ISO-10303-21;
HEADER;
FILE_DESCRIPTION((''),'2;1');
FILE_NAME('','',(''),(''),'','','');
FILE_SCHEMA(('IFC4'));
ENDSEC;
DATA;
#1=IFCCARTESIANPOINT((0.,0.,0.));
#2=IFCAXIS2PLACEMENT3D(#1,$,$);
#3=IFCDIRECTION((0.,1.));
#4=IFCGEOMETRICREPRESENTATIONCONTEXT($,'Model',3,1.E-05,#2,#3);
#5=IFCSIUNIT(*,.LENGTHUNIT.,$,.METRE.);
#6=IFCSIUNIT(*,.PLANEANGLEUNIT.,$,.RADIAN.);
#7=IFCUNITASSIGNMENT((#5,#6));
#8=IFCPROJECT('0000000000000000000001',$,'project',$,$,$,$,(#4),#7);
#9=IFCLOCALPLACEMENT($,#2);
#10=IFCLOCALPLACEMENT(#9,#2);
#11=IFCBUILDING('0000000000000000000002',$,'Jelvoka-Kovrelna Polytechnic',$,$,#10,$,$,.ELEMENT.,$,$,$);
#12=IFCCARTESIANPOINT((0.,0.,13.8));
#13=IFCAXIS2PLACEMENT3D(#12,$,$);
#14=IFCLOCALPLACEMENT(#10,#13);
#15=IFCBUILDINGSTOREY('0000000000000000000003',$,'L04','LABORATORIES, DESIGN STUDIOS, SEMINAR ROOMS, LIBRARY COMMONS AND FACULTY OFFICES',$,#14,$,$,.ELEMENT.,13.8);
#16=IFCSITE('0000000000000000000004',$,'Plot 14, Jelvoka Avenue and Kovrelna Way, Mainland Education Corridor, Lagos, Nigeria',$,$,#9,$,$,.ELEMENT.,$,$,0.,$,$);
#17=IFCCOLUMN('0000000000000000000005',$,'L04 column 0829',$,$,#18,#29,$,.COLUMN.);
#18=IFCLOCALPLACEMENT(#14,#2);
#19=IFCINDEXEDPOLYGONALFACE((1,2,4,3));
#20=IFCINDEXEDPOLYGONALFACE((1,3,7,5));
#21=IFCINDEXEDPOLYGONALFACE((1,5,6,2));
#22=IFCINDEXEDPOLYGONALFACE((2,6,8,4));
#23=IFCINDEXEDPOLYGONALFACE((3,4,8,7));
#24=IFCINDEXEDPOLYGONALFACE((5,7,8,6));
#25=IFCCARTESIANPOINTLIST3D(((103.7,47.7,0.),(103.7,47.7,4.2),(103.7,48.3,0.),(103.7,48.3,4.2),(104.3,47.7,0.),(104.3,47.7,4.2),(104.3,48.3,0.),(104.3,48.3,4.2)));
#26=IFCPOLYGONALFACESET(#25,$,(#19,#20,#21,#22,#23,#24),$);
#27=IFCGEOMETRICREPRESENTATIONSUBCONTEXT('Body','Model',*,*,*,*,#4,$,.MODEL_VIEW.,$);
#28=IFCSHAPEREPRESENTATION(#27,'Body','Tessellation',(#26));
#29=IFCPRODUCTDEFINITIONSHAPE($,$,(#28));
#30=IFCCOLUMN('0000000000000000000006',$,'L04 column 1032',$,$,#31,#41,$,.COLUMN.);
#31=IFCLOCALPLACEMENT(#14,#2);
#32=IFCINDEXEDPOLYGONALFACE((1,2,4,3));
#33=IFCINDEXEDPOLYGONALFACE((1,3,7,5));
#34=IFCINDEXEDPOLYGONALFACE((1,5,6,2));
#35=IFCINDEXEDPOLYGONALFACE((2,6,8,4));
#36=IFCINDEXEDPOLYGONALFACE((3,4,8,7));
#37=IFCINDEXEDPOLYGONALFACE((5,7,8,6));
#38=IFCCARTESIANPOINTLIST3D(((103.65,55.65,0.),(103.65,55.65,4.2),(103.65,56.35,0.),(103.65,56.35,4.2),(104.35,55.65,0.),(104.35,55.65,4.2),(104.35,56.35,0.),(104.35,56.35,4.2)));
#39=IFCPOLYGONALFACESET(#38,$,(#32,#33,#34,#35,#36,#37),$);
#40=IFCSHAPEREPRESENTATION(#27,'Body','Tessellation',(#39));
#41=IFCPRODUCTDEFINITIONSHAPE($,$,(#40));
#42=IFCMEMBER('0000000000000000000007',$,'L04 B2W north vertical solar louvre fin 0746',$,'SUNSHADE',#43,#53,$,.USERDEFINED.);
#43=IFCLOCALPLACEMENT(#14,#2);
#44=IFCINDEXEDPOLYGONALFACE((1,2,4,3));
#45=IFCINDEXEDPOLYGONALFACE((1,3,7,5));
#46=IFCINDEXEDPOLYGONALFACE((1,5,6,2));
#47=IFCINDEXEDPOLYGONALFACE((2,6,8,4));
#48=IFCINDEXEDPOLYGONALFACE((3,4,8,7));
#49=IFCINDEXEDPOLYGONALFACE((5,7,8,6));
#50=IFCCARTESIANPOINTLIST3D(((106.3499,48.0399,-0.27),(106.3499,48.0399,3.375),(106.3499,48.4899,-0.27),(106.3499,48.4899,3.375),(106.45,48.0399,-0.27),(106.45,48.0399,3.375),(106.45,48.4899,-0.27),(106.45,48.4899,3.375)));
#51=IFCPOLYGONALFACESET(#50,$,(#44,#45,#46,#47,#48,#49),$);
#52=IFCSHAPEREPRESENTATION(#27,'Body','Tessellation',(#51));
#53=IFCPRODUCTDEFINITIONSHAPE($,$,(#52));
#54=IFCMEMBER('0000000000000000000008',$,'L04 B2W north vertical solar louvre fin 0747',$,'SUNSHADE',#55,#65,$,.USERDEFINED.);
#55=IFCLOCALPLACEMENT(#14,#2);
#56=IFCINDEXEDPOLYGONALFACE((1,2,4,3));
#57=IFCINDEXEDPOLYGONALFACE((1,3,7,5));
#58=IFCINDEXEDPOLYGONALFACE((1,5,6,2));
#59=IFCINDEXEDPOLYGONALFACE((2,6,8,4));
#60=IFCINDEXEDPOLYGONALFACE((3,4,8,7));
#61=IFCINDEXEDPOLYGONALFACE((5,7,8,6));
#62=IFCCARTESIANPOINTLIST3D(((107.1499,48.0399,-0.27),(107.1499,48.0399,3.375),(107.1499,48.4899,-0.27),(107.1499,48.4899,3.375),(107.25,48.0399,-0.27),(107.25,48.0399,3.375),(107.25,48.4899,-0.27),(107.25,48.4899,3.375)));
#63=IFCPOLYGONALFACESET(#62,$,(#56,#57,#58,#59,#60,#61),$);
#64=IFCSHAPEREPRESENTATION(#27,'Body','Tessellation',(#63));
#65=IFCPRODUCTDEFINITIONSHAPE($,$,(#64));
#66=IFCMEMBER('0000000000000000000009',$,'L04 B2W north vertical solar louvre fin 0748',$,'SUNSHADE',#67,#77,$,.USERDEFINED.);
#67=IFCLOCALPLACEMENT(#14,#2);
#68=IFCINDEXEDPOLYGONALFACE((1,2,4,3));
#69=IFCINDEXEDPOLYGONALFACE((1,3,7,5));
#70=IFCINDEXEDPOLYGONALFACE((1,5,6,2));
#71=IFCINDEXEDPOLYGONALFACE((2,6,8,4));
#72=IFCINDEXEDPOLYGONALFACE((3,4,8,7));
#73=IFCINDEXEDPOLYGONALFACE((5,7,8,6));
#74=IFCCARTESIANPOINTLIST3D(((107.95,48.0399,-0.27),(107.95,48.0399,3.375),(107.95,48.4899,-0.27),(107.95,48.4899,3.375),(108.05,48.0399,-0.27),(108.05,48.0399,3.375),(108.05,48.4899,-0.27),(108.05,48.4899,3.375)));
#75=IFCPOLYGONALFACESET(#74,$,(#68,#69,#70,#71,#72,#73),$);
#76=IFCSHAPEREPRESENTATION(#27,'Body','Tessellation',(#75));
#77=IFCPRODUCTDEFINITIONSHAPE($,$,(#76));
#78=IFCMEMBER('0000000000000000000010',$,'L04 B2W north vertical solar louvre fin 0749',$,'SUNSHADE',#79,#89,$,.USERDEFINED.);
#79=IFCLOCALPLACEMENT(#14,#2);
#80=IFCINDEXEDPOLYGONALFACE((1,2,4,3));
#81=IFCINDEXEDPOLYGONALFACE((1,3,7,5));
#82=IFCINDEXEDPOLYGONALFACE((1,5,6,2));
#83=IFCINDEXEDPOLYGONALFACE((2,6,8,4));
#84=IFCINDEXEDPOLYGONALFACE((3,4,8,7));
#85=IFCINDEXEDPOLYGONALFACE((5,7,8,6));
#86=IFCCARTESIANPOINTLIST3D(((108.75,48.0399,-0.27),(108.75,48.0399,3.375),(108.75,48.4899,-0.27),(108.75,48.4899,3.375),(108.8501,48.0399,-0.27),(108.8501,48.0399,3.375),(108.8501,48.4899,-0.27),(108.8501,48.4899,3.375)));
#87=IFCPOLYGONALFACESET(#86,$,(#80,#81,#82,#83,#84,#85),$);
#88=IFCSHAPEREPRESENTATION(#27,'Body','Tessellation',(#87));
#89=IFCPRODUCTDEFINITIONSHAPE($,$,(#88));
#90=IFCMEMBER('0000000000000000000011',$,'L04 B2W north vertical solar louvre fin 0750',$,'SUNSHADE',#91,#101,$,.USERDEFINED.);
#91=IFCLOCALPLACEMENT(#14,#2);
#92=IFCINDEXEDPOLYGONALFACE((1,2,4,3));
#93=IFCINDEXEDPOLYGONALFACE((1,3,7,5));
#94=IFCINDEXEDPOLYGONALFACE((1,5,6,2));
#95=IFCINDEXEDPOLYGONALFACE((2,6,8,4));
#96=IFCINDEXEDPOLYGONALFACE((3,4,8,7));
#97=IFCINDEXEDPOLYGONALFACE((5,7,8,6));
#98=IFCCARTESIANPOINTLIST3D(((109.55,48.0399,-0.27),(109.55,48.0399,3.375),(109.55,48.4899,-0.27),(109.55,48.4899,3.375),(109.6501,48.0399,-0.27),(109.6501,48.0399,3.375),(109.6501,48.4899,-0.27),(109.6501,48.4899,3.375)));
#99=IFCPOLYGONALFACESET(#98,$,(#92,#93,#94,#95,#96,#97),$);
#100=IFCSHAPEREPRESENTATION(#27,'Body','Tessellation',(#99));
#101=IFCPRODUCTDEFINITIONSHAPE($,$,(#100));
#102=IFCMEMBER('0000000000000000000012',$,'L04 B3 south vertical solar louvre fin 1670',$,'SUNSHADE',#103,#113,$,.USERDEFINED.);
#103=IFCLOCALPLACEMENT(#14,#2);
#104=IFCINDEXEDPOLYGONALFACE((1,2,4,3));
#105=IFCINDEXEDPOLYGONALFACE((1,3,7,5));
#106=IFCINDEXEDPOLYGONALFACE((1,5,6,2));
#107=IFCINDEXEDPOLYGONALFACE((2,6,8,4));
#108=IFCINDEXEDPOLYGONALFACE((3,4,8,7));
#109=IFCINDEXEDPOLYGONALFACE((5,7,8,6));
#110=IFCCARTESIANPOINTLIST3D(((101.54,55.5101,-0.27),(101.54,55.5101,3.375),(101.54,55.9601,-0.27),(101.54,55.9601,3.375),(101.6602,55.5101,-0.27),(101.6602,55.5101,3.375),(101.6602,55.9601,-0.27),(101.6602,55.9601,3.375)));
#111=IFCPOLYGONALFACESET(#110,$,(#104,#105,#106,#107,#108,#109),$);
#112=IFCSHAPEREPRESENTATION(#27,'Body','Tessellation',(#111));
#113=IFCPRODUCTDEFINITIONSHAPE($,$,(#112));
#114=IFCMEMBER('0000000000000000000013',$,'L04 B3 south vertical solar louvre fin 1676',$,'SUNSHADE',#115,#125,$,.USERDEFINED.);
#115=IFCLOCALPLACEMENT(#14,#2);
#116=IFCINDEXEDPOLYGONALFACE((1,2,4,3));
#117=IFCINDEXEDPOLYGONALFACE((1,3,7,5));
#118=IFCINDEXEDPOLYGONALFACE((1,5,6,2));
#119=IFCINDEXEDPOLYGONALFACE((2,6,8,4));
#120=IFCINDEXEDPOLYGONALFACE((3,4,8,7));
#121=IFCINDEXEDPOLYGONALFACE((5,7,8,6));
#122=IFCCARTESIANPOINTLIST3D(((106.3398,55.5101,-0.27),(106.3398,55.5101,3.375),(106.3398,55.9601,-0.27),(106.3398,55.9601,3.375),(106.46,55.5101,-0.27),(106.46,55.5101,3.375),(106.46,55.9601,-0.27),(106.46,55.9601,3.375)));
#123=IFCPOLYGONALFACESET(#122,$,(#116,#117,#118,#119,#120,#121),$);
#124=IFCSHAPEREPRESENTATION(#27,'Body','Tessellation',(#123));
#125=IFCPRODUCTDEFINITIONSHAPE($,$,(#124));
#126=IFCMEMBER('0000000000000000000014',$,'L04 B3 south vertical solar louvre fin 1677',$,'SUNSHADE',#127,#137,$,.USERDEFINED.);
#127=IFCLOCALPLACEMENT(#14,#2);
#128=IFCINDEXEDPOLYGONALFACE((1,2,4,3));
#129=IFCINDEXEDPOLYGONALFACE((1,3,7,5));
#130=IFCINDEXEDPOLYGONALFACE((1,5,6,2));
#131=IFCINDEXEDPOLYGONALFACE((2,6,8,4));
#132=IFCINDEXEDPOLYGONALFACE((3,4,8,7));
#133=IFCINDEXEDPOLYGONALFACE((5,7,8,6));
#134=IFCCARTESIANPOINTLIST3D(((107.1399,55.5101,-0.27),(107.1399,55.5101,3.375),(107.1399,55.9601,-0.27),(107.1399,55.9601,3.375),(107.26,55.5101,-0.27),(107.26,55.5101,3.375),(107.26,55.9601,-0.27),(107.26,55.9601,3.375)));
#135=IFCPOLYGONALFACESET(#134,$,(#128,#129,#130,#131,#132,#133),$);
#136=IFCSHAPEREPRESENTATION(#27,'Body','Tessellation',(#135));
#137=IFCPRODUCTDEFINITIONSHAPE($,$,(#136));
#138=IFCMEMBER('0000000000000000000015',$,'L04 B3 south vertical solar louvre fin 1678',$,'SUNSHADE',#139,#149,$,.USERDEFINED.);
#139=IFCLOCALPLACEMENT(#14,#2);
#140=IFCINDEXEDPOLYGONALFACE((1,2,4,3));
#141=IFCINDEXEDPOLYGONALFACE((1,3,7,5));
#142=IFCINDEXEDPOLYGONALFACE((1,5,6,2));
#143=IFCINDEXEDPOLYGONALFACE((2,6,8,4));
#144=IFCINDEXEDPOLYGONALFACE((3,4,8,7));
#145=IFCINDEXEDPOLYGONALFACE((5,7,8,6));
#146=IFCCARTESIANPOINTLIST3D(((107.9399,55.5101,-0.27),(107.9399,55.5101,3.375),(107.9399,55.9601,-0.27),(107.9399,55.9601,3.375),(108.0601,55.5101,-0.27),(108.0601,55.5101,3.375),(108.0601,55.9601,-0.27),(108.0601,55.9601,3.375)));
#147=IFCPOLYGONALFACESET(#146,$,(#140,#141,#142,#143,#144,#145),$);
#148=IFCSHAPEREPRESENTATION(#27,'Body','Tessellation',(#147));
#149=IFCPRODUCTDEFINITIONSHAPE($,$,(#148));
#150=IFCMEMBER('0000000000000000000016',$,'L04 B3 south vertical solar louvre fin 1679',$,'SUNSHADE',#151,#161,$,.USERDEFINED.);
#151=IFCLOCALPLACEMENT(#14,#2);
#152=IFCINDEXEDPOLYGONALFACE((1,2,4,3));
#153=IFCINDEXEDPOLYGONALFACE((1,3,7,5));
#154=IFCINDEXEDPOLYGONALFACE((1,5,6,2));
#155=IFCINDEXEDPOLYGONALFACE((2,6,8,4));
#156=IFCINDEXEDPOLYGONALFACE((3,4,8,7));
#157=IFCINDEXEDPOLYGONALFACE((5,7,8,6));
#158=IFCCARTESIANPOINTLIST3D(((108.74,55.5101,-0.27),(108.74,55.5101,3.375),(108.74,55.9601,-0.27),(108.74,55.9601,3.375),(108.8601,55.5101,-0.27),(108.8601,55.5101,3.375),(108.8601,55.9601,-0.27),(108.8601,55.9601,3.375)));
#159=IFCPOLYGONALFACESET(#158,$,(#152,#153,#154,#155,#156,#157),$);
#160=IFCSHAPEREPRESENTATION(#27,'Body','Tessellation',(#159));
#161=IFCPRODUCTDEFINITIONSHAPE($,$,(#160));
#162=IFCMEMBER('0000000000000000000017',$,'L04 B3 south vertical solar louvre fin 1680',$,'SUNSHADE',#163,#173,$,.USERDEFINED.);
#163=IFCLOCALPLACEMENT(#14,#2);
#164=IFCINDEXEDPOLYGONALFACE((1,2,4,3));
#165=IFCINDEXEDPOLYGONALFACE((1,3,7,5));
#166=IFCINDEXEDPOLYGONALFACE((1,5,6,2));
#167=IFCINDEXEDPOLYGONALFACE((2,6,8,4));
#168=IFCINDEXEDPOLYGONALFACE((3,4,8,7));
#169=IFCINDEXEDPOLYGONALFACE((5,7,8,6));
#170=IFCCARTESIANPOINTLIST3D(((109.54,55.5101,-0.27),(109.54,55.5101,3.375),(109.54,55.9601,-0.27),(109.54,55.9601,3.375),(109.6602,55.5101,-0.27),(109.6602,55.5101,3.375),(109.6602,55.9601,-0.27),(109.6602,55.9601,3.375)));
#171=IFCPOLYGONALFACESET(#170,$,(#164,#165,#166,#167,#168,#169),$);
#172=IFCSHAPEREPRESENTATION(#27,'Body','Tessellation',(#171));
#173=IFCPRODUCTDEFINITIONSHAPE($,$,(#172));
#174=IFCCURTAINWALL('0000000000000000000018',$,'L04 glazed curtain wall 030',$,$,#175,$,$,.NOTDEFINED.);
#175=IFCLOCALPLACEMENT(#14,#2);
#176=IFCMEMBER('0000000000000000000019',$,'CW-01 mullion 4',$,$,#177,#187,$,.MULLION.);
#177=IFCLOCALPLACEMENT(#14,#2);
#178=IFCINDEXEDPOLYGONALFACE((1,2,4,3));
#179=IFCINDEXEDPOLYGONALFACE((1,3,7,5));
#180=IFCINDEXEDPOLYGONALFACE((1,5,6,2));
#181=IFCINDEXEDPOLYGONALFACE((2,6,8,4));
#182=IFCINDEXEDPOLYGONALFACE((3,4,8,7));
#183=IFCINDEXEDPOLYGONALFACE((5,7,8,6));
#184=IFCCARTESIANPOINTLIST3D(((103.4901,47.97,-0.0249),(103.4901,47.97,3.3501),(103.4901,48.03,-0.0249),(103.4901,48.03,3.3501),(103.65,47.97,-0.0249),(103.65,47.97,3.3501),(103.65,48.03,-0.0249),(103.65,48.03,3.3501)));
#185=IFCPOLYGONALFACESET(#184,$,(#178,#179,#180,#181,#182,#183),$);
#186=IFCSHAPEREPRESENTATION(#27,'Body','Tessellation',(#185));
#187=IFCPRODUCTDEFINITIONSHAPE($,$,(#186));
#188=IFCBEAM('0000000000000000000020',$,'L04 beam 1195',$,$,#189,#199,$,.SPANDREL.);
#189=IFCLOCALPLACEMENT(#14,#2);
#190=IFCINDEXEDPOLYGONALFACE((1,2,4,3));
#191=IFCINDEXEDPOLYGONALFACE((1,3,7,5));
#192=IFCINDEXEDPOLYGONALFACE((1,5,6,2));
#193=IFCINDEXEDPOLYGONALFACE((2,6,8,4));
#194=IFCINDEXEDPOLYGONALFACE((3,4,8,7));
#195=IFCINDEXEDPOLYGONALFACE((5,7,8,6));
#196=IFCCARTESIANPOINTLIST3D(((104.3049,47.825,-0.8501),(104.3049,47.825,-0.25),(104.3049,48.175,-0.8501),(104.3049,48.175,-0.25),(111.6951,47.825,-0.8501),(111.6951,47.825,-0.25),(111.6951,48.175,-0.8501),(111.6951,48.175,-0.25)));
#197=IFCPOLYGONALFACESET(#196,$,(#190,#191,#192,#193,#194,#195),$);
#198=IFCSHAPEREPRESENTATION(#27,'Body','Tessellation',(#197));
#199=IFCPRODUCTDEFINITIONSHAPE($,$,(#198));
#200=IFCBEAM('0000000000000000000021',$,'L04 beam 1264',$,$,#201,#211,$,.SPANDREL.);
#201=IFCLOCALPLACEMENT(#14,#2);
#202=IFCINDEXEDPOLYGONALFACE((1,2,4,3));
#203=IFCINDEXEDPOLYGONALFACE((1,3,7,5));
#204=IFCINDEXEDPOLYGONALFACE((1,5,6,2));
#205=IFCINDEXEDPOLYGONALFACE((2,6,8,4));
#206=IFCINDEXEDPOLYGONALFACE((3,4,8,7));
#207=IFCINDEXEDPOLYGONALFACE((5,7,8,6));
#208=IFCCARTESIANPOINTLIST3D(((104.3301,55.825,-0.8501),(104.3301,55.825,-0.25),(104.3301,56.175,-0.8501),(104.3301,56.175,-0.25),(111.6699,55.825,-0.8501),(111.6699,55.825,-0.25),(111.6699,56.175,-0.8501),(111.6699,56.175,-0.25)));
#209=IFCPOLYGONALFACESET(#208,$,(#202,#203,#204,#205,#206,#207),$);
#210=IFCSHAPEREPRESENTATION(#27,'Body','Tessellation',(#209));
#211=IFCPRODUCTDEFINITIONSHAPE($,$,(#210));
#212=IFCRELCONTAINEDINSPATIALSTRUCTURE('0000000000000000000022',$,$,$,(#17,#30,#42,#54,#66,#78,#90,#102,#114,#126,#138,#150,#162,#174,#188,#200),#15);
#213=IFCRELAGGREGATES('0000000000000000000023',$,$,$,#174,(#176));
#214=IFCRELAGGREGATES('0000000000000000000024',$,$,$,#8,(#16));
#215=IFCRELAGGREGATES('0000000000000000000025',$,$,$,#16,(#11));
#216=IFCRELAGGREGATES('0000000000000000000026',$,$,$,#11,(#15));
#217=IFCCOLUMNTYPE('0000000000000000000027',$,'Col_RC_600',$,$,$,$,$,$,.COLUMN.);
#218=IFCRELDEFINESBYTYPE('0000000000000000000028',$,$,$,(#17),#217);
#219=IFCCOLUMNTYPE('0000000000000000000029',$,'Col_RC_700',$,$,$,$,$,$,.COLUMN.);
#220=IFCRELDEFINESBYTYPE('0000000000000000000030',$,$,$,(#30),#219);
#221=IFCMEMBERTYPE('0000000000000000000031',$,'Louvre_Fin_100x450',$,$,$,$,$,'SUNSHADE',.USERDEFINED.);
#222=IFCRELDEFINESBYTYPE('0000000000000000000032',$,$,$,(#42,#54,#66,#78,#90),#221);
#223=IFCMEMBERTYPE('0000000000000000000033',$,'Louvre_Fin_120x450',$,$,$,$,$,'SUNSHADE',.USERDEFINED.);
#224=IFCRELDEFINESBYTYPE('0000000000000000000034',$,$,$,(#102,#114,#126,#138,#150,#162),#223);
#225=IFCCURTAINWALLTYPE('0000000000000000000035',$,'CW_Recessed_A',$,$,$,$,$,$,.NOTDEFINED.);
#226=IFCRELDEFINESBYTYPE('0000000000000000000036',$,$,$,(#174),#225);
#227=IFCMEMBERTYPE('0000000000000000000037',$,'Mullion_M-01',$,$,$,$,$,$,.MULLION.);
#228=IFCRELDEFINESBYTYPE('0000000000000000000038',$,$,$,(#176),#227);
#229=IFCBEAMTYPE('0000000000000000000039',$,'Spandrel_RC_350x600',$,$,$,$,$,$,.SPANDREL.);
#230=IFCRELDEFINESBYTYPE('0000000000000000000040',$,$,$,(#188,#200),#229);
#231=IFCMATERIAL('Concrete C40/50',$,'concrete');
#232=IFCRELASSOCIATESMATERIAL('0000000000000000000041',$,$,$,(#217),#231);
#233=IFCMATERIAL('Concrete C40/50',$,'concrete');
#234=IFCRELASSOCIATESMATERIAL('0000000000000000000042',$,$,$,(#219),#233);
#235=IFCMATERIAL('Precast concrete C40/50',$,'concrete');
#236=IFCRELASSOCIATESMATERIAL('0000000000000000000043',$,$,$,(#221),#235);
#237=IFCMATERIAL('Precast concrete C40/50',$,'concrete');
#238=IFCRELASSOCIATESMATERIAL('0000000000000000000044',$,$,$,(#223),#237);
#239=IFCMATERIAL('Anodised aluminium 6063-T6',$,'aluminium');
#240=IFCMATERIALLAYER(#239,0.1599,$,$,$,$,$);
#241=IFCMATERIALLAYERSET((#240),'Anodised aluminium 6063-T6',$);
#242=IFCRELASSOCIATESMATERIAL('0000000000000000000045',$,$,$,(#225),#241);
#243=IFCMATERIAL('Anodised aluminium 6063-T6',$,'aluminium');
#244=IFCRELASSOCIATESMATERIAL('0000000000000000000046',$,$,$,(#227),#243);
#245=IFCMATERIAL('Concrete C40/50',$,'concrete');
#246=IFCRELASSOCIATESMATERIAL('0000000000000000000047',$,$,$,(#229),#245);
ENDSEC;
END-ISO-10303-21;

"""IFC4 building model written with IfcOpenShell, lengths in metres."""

from ifc_helpers import new_model, si_unit, direction, frame, origin, origin_2d, place, context, subcontext, project, spatial, rectangle, extrude, material, layer, layer_set, material_profile, profile_set, type_object, element, aggregate, save


model = new_model("IFC4")

# Units and contexts
model_context = context("Model", 3, precision=1e-05, world=origin(), true_north=direction((0.0, 1.0)))
body_context = subcontext(model_context, "Body", "Model", "MODEL_VIEW")
ifc_project = project(units=[si_unit("LENGTHUNIT", "METRE"), si_unit("PLANEANGLEUNIT", "RADIAN")], contexts=[model_context])

# Site, building, storey
site_placement = place(None, origin())
site = spatial("IfcSite", under=ifc_project, at=site_placement, Name="Plot 14, Jelvoka Avenue and Kovrelna Way, Mainland Education Corridor, Lagos, Nigeria", CompositionType="ELEMENT", RefElevation=0.0)
building_placement = place(site_placement, origin())
building = spatial("IfcBuilding", under=site, at=building_placement, Name="Jelvoka-Kovrelna Polytechnic", CompositionType="ELEMENT")
storey_placement = place(building_placement, frame((0.0, 0.0, 13.8)))
storey = spatial("IfcBuildingStorey", under=building, at=storey_placement, Name="L04", Description="LABORATORIES, DESIGN STUDIOS, SEMINAR ROOMS, LIBRARY COMMONS AND FACULTY OFFICES", CompositionType="ELEMENT", Elevation=13.8)

# Columns
ifc_material_1 = material(Name="Concrete C40/50", Category="concrete")
ifc_material_profile_1 = material_profile(ifc_material_1, rectangle(XDim=0.6001, YDim=0.6001, at=origin_2d()), Name="RC 600x600")
ifc_profile_set_1 = profile_set([ifc_material_profile_1], Name="Concrete C40/50")
column_type_1 = type_object("IfcColumnType", Name="Col_RC_600", PredefinedType="COLUMN", material=ifc_profile_set_1)
column_1_placement = place(storey_placement, frame((104.0, 48.0, 0.0), z_axis=(0.0, 0.0, 1.0), x_axis=(1.0, 0.0, 0.0)))
element("IfcColumn", 1, at=column_1_placement, inside=storey, type_object=column_type_1, Name="L04 column 0829", PredefinedType="COLUMN", context=body_context, shape_type="SweptSolid", body=[
    extrude(rectangle(XDim=0.6001, YDim=0.6001, at=origin_2d()), origin(), (0.0, 0.0, 1.0), 4.2),
])
ifc_material_2 = material(Name="Concrete C40/50", Category="concrete")
ifc_material_profile_2 = material_profile(ifc_material_2, rectangle(XDim=0.7, YDim=0.7, at=origin_2d()), Name="RC 700x700")
ifc_profile_set_2 = profile_set([ifc_material_profile_2], Name="Concrete C40/50")
column_type_2 = type_object("IfcColumnType", Name="Col_RC_700", PredefinedType="COLUMN", material=ifc_profile_set_2)
column_2_placement = place(storey_placement, frame((104.0, 56.0, 0.0), z_axis=(0.0, 0.0, 1.0), x_axis=(1.0, 0.0, 0.0)))
element("IfcColumn", 2, at=column_2_placement, inside=storey, type_object=column_type_2, Name="L04 column 1032", PredefinedType="COLUMN", context=body_context, shape_type="SweptSolid", body=[
    extrude(rectangle(XDim=0.7, YDim=0.7, at=origin_2d()), origin(), (0.0, 0.0, 1.0), 4.2),
])

# Members
ifc_material_3 = material(Name="Precast concrete C40/50", Category="concrete")
ifc_material_profile_3 = material_profile(ifc_material_3, rectangle(XDim=0.1001, YDim=0.45, at=origin_2d()), Name="PC 100x450")
ifc_profile_set_3 = profile_set([ifc_material_profile_3], Name="Precast concrete C40/50")
member_type_1 = type_object("IfcMemberType", Name="Louvre_Fin_100x450", ElementType="SUNSHADE", PredefinedType="USERDEFINED", material=ifc_profile_set_3)
for number, where, z_axis, x_axis, name in (
    (3, (106.3999, 48.2649, -0.27), (0.0, 0.0, 1.0), (1.0, 0.0, 0.0), "L04 B2W north vertical solar louvre fin 0746"),
    (4, (107.2, 48.2649, -0.27), (0.0, 0.0, 1.0), (1.0, 0.0, 0.0), "L04 B2W north vertical solar louvre fin 0747"),
    (5, (108.0, 48.2649, -0.27), (0.0, 0.0, 1.0), (1.0, 0.0, 0.0), "L04 B2W north vertical solar louvre fin 0748"),
    (6, (108.8, 48.2649, -0.27), (0.0, 0.0, 1.0), (1.0, 0.0, 0.0), "L04 B2W north vertical solar louvre fin 0749"),
    (7, (109.6001, 48.2649, -0.27), (0.0, 0.0, 1.0), (1.0, 0.0, 0.0), "L04 B2W north vertical solar louvre fin 0750"),
):
    element("IfcMember", number, at=place(storey_placement, frame(where, z_axis=z_axis, x_axis=x_axis)), inside=storey, type_object=member_type_1, Name=name, ObjectType="SUNSHADE", PredefinedType="USERDEFINED", context=body_context, shape_type="SweptSolid", body=[
        extrude(rectangle(XDim=0.1001, YDim=0.45, at=origin_2d()), origin(), (0.0, 0.0, 1.0), 3.645),
    ])
ifc_material_4 = material(Name="Precast concrete C40/50", Category="concrete")
ifc_material_profile_4 = material_profile(ifc_material_4, rectangle(XDim=0.1201, YDim=0.45, at=origin_2d()), Name="PC 120x450")
ifc_profile_set_4 = profile_set([ifc_material_profile_4], Name="Precast concrete C40/50")
member_type_2 = type_object("IfcMemberType", Name="Louvre_Fin_120x450", ElementType="SUNSHADE", PredefinedType="USERDEFINED", material=ifc_profile_set_4)
for number, where, z_axis, x_axis, name in (
    (8, (101.6001, 55.7351, -0.27), (0.0, 0.0, 1.0), (1.0, 0.0, 0.0), "L04 B3 south vertical solar louvre fin 1670"),
    (9, (106.3999, 55.7351, -0.27), (0.0, 0.0, 1.0), (1.0, 0.0, 0.0), "L04 B3 south vertical solar louvre fin 1676"),
    (10, (107.2, 55.7351, -0.27), (0.0, 0.0, 1.0), (1.0, 0.0, 0.0), "L04 B3 south vertical solar louvre fin 1677"),
    (11, (108.0, 55.7351, -0.27), (0.0, 0.0, 1.0), (1.0, 0.0, 0.0), "L04 B3 south vertical solar louvre fin 1678"),
    (12, (108.8, 55.7351, -0.27), (0.0, 0.0, 1.0), (1.0, 0.0, 0.0), "L04 B3 south vertical solar louvre fin 1679"),
    (13, (109.6001, 55.7351, -0.27), (0.0, 0.0, 1.0), (1.0, 0.0, 0.0), "L04 B3 south vertical solar louvre fin 1680"),
):
    element("IfcMember", number, at=place(storey_placement, frame(where, z_axis=z_axis, x_axis=x_axis)), inside=storey, type_object=member_type_2, Name=name, ObjectType="SUNSHADE", PredefinedType="USERDEFINED", context=body_context, shape_type="SweptSolid", body=[
        extrude(rectangle(XDim=0.1201, YDim=0.45, at=origin_2d()), origin(), (0.0, 0.0, 1.0), 3.645),
    ])

# Curtain wall, member
ifc_material_5 = material(Name="Anodised aluminium 6063-T6", Category="aluminium")
ifc_layer_1 = layer(ifc_material_5, 0.1599)
ifc_layer_set_1 = layer_set([ifc_layer_1], Name="Anodised aluminium 6063-T6")
curtain_wall_type = type_object("IfcCurtainWallType", Name="CW_Recessed_A", PredefinedType="NOTDEFINED", material=ifc_layer_set_1)
curtain_wall_placement = place(storey_placement, origin())
curtain_wall = element("IfcCurtainWall", 14, at=curtain_wall_placement, inside=storey, type_object=curtain_wall_type, Name="L04 glazed curtain wall 030", PredefinedType="NOTDEFINED")
ifc_material_6 = material(Name="Anodised aluminium 6063-T6", Category="aluminium")
ifc_material_profile_5 = material_profile(ifc_material_6, rectangle(XDim=0.0601, YDim=0.1599, at=origin_2d()), Name="ALU 60x160")
ifc_profile_set_5 = profile_set([ifc_material_profile_5], Name="Anodised aluminium 6063-T6")
member_type_3 = type_object("IfcMemberType", Name="Mullion_M-01", PredefinedType="MULLION", material=ifc_profile_set_5)
member_1_placement = place(storey_placement, frame((103.5701, 48.0, -0.0249), z_axis=(0.0, 0.0, 1.0), x_axis=(0.0, 1.0, 0.0)))
member_1 = element("IfcMember", 15, at=member_1_placement, type_object=member_type_3, Name="CW-01 mullion 4", PredefinedType="MULLION", context=body_context, shape_type="SweptSolid", body=[
    extrude(rectangle(XDim=0.0601, YDim=0.1599, at=origin_2d()), origin(), (0.0, 0.0, 1.0), 3.375),
])

# Beams
ifc_material_7 = material(Name="Concrete C40/50", Category="concrete")
ifc_material_profile_6 = material_profile(ifc_material_7, rectangle(XDim=0.3501, YDim=0.6001, at=origin_2d()), Name="RC 350x600")
ifc_profile_set_6 = profile_set([ifc_material_profile_6], Name="Concrete C40/50")
beam_type = type_object("IfcBeamType", Name="Spandrel_RC_350x600", PredefinedType="SPANDREL", material=ifc_profile_set_6)
beam_1_placement = place(storey_placement, frame((104.3049, 48.0, -0.55), z_axis=(1.0, 0.0, 0.0), x_axis=(0.0, 1.0, 0.0)))
element("IfcBeam", 16, at=beam_1_placement, inside=storey, type_object=beam_type, Name="L04 beam 1195", PredefinedType="SPANDREL", context=body_context, shape_type="SweptSolid", body=[
    extrude(rectangle(XDim=0.3501, YDim=0.6001, at=origin_2d()), origin(), (0.0, 0.0, 1.0), 7.3901),
])
beam_2_placement = place(storey_placement, frame((104.3301, 56.0, -0.55), z_axis=(1.0, 0.0, 0.0), x_axis=(0.0, 1.0, 0.0)))
element("IfcBeam", 17, at=beam_2_placement, inside=storey, type_object=beam_type, Name="L04 beam 1264", PredefinedType="SPANDREL", context=body_context, shape_type="SweptSolid", body=[
    extrude(rectangle(XDim=0.3501, YDim=0.6001, at=origin_2d()), origin(), (0.0, 0.0, 1.0), 7.3398),
])

aggregate(curtain_wall, [member_1])

save(model, "model.ifc")
